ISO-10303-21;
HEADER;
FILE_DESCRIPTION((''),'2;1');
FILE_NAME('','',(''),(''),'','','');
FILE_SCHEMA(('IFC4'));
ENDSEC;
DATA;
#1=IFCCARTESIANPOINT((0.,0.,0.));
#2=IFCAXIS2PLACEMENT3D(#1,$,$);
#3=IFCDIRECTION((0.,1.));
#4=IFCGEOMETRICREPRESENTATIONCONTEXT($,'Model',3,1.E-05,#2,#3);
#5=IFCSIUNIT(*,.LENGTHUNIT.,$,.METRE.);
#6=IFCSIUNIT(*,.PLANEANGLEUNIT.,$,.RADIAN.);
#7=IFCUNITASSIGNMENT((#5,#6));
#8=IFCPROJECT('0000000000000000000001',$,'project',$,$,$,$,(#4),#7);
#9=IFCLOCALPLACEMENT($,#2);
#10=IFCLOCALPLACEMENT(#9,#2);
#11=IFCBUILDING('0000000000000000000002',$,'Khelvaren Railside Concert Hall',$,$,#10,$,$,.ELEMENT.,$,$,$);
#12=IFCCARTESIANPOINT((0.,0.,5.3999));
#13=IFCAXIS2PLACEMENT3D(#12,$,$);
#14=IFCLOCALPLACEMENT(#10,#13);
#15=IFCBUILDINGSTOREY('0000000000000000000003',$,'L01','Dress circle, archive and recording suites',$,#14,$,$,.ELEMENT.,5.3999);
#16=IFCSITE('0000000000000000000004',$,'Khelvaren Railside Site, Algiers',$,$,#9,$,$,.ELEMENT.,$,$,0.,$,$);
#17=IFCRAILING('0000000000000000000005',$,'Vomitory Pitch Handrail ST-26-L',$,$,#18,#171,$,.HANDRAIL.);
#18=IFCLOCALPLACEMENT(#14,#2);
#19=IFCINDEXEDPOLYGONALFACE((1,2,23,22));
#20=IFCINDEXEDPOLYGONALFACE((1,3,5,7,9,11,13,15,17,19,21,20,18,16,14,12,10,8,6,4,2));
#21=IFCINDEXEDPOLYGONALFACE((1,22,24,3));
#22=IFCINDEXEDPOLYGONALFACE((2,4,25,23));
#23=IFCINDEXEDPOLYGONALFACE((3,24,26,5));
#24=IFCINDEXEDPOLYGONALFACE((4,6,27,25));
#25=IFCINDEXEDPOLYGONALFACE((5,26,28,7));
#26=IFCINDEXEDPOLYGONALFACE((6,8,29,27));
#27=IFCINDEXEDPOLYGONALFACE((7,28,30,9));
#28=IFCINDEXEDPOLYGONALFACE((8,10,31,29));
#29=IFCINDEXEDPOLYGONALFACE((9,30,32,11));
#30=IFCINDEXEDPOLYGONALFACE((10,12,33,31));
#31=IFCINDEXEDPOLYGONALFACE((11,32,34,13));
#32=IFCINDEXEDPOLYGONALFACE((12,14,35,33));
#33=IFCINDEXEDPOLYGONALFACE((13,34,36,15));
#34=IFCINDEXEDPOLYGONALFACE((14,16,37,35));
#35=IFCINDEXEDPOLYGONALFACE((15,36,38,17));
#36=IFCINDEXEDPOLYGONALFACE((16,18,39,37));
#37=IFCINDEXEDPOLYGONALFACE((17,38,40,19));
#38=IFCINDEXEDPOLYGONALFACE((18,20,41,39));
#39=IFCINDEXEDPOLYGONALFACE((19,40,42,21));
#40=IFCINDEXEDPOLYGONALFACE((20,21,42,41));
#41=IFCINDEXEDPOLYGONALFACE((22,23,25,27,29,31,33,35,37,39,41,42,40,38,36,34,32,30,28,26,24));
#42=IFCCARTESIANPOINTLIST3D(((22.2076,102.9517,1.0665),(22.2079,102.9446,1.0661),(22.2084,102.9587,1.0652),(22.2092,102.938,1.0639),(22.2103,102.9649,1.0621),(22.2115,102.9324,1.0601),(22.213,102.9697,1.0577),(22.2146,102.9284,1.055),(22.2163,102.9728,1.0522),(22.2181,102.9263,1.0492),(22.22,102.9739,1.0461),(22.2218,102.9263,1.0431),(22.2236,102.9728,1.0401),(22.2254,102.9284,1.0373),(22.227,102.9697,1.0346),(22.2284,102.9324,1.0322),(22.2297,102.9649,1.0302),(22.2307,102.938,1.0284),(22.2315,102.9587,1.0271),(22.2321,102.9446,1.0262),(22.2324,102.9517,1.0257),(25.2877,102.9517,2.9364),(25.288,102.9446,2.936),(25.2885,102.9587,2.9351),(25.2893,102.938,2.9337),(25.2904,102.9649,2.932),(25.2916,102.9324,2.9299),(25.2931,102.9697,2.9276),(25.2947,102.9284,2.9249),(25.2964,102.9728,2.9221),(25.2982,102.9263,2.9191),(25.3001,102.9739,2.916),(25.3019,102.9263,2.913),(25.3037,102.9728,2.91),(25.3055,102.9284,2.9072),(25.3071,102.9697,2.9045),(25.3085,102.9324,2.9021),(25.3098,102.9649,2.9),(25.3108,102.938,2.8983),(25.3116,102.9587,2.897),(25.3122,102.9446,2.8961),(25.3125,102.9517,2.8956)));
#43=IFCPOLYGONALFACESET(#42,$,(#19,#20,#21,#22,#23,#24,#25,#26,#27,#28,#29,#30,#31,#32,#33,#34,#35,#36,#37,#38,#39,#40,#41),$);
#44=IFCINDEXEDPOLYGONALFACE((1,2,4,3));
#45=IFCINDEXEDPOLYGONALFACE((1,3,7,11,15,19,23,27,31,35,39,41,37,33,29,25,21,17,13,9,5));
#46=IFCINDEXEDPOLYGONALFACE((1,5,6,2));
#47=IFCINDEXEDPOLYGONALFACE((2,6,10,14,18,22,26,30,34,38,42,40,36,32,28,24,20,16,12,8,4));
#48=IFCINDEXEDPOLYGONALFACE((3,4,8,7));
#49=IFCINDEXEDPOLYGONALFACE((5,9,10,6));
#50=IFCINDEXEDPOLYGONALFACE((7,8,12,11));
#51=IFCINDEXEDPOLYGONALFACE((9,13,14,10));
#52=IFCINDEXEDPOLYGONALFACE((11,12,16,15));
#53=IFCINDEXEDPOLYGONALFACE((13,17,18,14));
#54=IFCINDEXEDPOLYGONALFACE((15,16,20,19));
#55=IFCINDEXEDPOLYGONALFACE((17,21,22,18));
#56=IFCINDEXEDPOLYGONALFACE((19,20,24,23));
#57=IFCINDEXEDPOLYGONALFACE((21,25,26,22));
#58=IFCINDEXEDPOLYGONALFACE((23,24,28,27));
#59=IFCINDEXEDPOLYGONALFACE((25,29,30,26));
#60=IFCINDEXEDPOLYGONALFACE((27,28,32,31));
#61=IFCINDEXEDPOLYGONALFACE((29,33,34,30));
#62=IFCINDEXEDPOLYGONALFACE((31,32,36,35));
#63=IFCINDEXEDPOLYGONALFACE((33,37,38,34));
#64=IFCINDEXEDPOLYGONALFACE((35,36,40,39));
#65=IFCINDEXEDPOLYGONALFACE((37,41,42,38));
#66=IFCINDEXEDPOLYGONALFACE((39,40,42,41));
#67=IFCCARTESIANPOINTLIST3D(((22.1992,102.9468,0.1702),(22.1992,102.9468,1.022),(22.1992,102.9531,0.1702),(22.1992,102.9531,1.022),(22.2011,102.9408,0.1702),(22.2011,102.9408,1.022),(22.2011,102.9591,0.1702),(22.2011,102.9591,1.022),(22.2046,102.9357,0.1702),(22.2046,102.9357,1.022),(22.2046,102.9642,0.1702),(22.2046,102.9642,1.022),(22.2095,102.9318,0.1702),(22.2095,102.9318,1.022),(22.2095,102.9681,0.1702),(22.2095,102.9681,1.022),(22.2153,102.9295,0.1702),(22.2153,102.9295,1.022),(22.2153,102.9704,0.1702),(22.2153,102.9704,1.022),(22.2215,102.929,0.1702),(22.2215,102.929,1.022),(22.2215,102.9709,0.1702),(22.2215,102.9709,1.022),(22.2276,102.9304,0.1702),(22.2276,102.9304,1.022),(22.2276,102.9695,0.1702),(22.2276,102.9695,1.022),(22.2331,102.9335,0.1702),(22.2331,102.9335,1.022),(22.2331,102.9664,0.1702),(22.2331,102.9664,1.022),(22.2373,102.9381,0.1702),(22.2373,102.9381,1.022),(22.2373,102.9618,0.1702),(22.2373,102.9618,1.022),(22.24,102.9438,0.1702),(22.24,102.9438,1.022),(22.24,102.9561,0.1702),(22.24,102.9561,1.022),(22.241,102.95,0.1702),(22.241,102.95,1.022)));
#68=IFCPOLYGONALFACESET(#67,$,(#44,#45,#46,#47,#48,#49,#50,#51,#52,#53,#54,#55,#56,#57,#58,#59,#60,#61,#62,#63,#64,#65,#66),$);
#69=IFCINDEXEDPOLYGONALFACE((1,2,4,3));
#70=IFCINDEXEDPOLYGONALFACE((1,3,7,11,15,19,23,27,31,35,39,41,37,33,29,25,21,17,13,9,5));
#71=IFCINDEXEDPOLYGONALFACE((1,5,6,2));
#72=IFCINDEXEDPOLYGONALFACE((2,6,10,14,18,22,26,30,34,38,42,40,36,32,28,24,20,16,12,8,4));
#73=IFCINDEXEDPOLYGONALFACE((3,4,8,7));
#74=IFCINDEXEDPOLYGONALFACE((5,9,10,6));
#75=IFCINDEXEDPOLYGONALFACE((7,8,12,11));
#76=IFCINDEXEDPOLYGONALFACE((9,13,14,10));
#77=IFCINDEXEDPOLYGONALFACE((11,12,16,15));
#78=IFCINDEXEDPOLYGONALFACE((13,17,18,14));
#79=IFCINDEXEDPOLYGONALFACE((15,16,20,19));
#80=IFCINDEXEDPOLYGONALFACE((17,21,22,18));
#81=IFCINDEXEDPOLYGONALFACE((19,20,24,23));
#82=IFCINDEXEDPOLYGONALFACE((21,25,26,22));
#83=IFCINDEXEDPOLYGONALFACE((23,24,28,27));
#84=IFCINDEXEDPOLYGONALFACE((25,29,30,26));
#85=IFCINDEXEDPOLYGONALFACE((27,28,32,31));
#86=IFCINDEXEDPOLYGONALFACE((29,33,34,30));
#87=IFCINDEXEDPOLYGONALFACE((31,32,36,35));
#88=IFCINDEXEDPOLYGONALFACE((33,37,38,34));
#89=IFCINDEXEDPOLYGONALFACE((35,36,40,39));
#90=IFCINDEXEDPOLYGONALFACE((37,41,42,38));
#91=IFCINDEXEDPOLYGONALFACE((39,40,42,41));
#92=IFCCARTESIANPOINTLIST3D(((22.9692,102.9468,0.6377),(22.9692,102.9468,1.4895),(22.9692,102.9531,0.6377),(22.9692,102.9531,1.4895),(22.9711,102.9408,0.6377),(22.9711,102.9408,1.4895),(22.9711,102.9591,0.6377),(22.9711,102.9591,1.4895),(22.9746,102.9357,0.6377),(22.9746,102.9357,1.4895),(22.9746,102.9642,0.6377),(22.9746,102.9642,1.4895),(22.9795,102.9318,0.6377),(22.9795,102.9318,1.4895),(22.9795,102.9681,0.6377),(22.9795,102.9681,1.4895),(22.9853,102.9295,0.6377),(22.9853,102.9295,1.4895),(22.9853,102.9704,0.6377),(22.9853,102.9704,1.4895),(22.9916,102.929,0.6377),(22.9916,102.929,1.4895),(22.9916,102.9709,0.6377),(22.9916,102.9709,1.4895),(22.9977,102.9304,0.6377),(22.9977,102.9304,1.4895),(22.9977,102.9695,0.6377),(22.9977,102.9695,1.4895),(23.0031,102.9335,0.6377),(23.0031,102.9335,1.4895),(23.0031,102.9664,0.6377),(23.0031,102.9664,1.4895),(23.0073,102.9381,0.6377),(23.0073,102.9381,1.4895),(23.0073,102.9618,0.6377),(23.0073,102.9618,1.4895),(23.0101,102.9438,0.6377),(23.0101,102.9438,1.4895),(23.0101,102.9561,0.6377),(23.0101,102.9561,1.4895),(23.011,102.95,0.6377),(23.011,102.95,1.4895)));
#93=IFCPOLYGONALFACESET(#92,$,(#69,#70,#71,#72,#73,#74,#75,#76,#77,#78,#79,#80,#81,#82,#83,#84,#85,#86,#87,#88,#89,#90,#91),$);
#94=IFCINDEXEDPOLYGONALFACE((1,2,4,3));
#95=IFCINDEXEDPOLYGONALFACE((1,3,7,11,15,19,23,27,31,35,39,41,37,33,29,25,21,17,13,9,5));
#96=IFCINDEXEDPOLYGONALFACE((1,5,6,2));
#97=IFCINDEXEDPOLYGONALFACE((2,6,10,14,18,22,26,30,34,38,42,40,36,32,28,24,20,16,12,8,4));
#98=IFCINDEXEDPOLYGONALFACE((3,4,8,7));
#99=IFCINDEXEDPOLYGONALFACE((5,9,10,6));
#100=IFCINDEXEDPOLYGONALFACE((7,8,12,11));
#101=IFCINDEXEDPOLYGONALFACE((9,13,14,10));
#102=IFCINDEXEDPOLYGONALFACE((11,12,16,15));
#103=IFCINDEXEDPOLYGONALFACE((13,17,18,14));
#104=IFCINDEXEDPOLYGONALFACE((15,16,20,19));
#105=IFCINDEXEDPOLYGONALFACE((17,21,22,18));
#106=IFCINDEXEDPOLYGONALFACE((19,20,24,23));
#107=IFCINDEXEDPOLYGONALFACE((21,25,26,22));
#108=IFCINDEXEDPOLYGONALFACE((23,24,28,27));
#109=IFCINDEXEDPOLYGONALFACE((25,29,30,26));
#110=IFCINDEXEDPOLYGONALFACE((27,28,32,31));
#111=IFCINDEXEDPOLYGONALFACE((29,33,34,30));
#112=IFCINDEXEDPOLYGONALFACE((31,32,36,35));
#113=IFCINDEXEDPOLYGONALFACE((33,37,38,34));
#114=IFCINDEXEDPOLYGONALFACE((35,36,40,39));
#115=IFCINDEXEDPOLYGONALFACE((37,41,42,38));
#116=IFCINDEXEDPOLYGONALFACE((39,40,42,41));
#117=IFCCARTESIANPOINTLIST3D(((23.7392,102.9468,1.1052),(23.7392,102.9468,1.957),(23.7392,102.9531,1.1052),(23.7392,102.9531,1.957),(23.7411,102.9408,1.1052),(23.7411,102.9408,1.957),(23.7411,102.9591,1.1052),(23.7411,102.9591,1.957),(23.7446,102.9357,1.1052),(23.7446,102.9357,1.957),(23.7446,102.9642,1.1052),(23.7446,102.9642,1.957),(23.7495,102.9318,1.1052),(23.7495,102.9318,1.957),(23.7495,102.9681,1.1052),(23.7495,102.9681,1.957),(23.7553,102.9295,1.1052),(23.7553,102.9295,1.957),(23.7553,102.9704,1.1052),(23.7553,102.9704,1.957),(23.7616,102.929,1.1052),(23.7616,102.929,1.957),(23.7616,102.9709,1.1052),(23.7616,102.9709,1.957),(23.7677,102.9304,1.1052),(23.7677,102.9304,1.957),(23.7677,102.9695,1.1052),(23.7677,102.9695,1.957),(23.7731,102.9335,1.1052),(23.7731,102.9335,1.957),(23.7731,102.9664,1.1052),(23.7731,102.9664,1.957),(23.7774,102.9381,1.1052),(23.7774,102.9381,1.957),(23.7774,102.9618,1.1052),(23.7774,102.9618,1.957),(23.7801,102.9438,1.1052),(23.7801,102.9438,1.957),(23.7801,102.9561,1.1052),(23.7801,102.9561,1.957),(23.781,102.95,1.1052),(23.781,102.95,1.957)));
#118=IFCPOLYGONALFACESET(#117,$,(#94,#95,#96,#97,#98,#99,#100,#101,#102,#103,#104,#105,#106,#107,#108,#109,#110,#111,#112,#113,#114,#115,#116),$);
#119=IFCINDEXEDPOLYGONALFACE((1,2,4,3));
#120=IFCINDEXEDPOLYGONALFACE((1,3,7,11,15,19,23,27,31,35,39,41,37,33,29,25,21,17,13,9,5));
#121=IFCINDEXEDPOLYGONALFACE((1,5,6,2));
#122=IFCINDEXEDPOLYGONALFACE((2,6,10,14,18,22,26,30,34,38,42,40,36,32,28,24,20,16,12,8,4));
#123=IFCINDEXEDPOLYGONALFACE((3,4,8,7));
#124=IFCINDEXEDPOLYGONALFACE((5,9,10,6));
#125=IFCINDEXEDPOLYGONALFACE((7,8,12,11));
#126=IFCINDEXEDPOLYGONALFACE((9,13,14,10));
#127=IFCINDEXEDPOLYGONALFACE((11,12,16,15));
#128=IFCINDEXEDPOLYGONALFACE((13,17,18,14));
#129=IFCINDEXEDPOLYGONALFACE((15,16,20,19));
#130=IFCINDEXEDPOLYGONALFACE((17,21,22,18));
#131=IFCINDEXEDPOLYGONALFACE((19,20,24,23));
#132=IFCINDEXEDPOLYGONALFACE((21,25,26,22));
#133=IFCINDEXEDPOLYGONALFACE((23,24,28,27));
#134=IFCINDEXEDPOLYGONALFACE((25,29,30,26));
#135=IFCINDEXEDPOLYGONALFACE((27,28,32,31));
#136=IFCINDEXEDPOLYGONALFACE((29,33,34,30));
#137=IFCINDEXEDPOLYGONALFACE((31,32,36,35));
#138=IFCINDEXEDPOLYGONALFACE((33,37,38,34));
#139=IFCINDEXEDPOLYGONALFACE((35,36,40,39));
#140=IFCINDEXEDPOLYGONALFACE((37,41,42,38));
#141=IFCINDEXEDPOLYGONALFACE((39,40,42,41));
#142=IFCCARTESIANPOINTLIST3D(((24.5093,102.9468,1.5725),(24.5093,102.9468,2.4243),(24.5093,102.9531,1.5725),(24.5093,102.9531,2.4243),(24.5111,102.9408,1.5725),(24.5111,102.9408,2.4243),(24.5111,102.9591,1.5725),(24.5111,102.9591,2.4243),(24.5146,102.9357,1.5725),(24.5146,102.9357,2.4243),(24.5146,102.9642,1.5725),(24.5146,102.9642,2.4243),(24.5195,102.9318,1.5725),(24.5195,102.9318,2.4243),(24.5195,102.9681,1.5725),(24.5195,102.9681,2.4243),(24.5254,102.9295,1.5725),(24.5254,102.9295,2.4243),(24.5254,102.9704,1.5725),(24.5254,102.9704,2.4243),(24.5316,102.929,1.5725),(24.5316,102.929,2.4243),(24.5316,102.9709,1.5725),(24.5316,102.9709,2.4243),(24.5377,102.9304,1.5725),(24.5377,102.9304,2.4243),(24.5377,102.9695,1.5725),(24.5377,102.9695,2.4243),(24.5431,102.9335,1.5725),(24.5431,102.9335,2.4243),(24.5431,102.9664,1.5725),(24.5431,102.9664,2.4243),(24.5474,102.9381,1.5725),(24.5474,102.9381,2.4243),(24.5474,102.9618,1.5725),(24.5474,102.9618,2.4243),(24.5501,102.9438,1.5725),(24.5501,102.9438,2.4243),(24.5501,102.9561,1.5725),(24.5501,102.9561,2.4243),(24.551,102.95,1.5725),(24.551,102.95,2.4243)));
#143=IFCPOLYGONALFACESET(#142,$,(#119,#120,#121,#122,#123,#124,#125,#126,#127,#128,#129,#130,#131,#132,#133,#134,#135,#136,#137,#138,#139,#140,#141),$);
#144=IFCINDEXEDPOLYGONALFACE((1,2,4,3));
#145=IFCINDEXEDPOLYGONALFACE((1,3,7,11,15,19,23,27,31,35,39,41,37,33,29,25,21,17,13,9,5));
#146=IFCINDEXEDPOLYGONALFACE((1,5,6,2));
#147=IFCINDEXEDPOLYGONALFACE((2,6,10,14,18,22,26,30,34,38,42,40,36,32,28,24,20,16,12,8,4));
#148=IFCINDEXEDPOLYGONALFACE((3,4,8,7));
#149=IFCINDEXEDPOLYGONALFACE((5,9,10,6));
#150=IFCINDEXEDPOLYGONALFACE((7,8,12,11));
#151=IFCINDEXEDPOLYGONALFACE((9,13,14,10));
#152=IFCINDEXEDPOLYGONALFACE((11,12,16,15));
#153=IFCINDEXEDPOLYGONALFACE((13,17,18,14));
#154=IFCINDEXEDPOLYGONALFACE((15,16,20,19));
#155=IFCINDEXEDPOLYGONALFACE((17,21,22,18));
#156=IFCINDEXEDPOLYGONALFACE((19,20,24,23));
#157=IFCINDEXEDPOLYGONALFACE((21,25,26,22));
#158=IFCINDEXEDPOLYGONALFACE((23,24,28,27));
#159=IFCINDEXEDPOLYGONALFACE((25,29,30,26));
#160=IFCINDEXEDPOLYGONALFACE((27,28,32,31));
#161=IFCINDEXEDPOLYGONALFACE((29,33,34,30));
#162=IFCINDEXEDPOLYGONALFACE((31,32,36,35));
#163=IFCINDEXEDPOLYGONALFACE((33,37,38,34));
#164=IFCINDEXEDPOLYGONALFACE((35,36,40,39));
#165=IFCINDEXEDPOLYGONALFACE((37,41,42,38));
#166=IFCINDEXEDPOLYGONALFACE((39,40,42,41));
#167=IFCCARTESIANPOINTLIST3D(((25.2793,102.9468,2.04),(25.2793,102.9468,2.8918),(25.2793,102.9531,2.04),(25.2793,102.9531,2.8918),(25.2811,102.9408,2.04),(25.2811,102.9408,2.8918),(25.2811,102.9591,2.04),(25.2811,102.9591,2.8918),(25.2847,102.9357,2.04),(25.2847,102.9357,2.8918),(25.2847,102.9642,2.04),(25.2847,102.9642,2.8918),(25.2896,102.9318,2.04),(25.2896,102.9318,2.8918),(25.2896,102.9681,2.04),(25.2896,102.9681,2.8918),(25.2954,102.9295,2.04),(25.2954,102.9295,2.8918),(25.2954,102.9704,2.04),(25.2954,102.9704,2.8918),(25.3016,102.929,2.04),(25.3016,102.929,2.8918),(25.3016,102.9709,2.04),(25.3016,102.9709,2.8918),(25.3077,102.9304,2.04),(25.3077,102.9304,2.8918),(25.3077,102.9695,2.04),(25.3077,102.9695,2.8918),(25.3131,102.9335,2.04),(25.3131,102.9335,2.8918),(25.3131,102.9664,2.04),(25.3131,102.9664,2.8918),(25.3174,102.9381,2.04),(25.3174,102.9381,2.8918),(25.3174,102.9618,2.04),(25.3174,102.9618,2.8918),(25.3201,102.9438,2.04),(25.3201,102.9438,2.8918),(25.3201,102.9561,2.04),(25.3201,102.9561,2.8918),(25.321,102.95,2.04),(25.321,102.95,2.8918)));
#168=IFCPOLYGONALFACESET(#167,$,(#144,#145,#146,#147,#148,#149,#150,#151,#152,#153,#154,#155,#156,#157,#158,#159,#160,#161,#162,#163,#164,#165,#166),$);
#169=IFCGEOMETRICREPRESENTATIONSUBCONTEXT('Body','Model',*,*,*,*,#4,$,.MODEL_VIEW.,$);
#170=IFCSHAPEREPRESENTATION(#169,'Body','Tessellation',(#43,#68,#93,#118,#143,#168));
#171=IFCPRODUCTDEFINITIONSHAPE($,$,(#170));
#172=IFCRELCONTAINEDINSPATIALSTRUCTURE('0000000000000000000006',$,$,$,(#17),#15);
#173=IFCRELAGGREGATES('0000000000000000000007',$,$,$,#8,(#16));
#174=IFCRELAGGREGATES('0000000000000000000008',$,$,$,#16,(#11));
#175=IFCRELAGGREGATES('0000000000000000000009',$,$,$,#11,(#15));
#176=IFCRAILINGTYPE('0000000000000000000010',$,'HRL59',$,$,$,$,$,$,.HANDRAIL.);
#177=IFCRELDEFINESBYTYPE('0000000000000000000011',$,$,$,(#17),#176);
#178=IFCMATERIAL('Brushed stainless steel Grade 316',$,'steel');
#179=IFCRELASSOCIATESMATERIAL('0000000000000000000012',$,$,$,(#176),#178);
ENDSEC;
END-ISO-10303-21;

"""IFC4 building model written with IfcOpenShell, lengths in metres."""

from ifc_helpers import new_model, si_unit, direction, frame, origin, origin_2d, place, context, subcontext, project, spatial, circle, extrude, material, type_object, element, save


model = new_model("IFC4")

# Units and contexts
model_context = context("Model", 3, precision=1e-05, world=origin(), true_north=direction((0.0, 1.0)))
body_context = subcontext(model_context, "Body", "Model", "MODEL_VIEW")
ifc_project = project(units=[si_unit("LENGTHUNIT", "METRE"), si_unit("PLANEANGLEUNIT", "RADIAN")], contexts=[model_context])

# Site, building, storey
site_placement = place(None, origin())
site = spatial("IfcSite", under=ifc_project, at=site_placement, Name="Khelvaren Railside Site, Algiers", CompositionType="ELEMENT", RefElevation=0.0)
building_placement = place(site_placement, origin())
building = spatial("IfcBuilding", under=site, at=building_placement, Name="Khelvaren Railside Concert Hall", CompositionType="ELEMENT")
storey_placement = place(building_placement, frame((0.0, 0.0, 5.3999)))
storey = spatial("IfcBuildingStorey", under=building, at=storey_placement, Name="L01", Description="Dress circle, archive and recording suites", CompositionType="ELEMENT", Elevation=5.3999)

# Railing
ifc_material_1 = material(Name="Brushed stainless steel Grade 316", Category="steel")
railing_type_1 = type_object("IfcRailingType", Name="HRL59", PredefinedType="HANDRAIL", material=ifc_material_1)
for number, where, name in (
    (1, (22.22, 102.95, 0.1702), "Vomitory Pitch Handrail ST-26-L"),
):
    element("IfcRailing", number, at=place(storey_placement, frame(where)), inside=storey, type_object=railing_type_1, Name=name, PredefinedType="HANDRAIL", context=body_context, shape_type="SweptSolid", body=[
        extrude(circle(Radius=0.0239, at=origin_2d()), frame((0.0, 0.0, 0.876), z_axis=(0.854809, 0.0, 0.518943), x_axis=(0.0, 1.0, 0.0)), (0.0, 0.0, 1.0), 3.6033),
        extrude(circle(Radius=0.021, at=origin_2d()), origin(), (0.0, 0.0, 1.0), 0.8518),
        extrude(circle(Radius=0.021, at=origin_2d()), frame((0.77, 0.0, 0.4675)), (0.0, 0.0, 1.0), 0.8518),
        extrude(circle(Radius=0.021, at=origin_2d()), frame((1.54, 0.0, 0.9351)), (0.0, 0.0, 1.0), 0.8518),
        extrude(circle(Radius=0.021, at=origin_2d()), frame((2.3101, 0.0, 1.4023)), (0.0, 0.0, 1.0), 0.8518),
        extrude(circle(Radius=0.021, at=origin_2d()), frame((3.0801, 0.0, 1.8699)), (0.0, 0.0, 1.0), 0.8518),
    ])

save(model, "model.ifc")
